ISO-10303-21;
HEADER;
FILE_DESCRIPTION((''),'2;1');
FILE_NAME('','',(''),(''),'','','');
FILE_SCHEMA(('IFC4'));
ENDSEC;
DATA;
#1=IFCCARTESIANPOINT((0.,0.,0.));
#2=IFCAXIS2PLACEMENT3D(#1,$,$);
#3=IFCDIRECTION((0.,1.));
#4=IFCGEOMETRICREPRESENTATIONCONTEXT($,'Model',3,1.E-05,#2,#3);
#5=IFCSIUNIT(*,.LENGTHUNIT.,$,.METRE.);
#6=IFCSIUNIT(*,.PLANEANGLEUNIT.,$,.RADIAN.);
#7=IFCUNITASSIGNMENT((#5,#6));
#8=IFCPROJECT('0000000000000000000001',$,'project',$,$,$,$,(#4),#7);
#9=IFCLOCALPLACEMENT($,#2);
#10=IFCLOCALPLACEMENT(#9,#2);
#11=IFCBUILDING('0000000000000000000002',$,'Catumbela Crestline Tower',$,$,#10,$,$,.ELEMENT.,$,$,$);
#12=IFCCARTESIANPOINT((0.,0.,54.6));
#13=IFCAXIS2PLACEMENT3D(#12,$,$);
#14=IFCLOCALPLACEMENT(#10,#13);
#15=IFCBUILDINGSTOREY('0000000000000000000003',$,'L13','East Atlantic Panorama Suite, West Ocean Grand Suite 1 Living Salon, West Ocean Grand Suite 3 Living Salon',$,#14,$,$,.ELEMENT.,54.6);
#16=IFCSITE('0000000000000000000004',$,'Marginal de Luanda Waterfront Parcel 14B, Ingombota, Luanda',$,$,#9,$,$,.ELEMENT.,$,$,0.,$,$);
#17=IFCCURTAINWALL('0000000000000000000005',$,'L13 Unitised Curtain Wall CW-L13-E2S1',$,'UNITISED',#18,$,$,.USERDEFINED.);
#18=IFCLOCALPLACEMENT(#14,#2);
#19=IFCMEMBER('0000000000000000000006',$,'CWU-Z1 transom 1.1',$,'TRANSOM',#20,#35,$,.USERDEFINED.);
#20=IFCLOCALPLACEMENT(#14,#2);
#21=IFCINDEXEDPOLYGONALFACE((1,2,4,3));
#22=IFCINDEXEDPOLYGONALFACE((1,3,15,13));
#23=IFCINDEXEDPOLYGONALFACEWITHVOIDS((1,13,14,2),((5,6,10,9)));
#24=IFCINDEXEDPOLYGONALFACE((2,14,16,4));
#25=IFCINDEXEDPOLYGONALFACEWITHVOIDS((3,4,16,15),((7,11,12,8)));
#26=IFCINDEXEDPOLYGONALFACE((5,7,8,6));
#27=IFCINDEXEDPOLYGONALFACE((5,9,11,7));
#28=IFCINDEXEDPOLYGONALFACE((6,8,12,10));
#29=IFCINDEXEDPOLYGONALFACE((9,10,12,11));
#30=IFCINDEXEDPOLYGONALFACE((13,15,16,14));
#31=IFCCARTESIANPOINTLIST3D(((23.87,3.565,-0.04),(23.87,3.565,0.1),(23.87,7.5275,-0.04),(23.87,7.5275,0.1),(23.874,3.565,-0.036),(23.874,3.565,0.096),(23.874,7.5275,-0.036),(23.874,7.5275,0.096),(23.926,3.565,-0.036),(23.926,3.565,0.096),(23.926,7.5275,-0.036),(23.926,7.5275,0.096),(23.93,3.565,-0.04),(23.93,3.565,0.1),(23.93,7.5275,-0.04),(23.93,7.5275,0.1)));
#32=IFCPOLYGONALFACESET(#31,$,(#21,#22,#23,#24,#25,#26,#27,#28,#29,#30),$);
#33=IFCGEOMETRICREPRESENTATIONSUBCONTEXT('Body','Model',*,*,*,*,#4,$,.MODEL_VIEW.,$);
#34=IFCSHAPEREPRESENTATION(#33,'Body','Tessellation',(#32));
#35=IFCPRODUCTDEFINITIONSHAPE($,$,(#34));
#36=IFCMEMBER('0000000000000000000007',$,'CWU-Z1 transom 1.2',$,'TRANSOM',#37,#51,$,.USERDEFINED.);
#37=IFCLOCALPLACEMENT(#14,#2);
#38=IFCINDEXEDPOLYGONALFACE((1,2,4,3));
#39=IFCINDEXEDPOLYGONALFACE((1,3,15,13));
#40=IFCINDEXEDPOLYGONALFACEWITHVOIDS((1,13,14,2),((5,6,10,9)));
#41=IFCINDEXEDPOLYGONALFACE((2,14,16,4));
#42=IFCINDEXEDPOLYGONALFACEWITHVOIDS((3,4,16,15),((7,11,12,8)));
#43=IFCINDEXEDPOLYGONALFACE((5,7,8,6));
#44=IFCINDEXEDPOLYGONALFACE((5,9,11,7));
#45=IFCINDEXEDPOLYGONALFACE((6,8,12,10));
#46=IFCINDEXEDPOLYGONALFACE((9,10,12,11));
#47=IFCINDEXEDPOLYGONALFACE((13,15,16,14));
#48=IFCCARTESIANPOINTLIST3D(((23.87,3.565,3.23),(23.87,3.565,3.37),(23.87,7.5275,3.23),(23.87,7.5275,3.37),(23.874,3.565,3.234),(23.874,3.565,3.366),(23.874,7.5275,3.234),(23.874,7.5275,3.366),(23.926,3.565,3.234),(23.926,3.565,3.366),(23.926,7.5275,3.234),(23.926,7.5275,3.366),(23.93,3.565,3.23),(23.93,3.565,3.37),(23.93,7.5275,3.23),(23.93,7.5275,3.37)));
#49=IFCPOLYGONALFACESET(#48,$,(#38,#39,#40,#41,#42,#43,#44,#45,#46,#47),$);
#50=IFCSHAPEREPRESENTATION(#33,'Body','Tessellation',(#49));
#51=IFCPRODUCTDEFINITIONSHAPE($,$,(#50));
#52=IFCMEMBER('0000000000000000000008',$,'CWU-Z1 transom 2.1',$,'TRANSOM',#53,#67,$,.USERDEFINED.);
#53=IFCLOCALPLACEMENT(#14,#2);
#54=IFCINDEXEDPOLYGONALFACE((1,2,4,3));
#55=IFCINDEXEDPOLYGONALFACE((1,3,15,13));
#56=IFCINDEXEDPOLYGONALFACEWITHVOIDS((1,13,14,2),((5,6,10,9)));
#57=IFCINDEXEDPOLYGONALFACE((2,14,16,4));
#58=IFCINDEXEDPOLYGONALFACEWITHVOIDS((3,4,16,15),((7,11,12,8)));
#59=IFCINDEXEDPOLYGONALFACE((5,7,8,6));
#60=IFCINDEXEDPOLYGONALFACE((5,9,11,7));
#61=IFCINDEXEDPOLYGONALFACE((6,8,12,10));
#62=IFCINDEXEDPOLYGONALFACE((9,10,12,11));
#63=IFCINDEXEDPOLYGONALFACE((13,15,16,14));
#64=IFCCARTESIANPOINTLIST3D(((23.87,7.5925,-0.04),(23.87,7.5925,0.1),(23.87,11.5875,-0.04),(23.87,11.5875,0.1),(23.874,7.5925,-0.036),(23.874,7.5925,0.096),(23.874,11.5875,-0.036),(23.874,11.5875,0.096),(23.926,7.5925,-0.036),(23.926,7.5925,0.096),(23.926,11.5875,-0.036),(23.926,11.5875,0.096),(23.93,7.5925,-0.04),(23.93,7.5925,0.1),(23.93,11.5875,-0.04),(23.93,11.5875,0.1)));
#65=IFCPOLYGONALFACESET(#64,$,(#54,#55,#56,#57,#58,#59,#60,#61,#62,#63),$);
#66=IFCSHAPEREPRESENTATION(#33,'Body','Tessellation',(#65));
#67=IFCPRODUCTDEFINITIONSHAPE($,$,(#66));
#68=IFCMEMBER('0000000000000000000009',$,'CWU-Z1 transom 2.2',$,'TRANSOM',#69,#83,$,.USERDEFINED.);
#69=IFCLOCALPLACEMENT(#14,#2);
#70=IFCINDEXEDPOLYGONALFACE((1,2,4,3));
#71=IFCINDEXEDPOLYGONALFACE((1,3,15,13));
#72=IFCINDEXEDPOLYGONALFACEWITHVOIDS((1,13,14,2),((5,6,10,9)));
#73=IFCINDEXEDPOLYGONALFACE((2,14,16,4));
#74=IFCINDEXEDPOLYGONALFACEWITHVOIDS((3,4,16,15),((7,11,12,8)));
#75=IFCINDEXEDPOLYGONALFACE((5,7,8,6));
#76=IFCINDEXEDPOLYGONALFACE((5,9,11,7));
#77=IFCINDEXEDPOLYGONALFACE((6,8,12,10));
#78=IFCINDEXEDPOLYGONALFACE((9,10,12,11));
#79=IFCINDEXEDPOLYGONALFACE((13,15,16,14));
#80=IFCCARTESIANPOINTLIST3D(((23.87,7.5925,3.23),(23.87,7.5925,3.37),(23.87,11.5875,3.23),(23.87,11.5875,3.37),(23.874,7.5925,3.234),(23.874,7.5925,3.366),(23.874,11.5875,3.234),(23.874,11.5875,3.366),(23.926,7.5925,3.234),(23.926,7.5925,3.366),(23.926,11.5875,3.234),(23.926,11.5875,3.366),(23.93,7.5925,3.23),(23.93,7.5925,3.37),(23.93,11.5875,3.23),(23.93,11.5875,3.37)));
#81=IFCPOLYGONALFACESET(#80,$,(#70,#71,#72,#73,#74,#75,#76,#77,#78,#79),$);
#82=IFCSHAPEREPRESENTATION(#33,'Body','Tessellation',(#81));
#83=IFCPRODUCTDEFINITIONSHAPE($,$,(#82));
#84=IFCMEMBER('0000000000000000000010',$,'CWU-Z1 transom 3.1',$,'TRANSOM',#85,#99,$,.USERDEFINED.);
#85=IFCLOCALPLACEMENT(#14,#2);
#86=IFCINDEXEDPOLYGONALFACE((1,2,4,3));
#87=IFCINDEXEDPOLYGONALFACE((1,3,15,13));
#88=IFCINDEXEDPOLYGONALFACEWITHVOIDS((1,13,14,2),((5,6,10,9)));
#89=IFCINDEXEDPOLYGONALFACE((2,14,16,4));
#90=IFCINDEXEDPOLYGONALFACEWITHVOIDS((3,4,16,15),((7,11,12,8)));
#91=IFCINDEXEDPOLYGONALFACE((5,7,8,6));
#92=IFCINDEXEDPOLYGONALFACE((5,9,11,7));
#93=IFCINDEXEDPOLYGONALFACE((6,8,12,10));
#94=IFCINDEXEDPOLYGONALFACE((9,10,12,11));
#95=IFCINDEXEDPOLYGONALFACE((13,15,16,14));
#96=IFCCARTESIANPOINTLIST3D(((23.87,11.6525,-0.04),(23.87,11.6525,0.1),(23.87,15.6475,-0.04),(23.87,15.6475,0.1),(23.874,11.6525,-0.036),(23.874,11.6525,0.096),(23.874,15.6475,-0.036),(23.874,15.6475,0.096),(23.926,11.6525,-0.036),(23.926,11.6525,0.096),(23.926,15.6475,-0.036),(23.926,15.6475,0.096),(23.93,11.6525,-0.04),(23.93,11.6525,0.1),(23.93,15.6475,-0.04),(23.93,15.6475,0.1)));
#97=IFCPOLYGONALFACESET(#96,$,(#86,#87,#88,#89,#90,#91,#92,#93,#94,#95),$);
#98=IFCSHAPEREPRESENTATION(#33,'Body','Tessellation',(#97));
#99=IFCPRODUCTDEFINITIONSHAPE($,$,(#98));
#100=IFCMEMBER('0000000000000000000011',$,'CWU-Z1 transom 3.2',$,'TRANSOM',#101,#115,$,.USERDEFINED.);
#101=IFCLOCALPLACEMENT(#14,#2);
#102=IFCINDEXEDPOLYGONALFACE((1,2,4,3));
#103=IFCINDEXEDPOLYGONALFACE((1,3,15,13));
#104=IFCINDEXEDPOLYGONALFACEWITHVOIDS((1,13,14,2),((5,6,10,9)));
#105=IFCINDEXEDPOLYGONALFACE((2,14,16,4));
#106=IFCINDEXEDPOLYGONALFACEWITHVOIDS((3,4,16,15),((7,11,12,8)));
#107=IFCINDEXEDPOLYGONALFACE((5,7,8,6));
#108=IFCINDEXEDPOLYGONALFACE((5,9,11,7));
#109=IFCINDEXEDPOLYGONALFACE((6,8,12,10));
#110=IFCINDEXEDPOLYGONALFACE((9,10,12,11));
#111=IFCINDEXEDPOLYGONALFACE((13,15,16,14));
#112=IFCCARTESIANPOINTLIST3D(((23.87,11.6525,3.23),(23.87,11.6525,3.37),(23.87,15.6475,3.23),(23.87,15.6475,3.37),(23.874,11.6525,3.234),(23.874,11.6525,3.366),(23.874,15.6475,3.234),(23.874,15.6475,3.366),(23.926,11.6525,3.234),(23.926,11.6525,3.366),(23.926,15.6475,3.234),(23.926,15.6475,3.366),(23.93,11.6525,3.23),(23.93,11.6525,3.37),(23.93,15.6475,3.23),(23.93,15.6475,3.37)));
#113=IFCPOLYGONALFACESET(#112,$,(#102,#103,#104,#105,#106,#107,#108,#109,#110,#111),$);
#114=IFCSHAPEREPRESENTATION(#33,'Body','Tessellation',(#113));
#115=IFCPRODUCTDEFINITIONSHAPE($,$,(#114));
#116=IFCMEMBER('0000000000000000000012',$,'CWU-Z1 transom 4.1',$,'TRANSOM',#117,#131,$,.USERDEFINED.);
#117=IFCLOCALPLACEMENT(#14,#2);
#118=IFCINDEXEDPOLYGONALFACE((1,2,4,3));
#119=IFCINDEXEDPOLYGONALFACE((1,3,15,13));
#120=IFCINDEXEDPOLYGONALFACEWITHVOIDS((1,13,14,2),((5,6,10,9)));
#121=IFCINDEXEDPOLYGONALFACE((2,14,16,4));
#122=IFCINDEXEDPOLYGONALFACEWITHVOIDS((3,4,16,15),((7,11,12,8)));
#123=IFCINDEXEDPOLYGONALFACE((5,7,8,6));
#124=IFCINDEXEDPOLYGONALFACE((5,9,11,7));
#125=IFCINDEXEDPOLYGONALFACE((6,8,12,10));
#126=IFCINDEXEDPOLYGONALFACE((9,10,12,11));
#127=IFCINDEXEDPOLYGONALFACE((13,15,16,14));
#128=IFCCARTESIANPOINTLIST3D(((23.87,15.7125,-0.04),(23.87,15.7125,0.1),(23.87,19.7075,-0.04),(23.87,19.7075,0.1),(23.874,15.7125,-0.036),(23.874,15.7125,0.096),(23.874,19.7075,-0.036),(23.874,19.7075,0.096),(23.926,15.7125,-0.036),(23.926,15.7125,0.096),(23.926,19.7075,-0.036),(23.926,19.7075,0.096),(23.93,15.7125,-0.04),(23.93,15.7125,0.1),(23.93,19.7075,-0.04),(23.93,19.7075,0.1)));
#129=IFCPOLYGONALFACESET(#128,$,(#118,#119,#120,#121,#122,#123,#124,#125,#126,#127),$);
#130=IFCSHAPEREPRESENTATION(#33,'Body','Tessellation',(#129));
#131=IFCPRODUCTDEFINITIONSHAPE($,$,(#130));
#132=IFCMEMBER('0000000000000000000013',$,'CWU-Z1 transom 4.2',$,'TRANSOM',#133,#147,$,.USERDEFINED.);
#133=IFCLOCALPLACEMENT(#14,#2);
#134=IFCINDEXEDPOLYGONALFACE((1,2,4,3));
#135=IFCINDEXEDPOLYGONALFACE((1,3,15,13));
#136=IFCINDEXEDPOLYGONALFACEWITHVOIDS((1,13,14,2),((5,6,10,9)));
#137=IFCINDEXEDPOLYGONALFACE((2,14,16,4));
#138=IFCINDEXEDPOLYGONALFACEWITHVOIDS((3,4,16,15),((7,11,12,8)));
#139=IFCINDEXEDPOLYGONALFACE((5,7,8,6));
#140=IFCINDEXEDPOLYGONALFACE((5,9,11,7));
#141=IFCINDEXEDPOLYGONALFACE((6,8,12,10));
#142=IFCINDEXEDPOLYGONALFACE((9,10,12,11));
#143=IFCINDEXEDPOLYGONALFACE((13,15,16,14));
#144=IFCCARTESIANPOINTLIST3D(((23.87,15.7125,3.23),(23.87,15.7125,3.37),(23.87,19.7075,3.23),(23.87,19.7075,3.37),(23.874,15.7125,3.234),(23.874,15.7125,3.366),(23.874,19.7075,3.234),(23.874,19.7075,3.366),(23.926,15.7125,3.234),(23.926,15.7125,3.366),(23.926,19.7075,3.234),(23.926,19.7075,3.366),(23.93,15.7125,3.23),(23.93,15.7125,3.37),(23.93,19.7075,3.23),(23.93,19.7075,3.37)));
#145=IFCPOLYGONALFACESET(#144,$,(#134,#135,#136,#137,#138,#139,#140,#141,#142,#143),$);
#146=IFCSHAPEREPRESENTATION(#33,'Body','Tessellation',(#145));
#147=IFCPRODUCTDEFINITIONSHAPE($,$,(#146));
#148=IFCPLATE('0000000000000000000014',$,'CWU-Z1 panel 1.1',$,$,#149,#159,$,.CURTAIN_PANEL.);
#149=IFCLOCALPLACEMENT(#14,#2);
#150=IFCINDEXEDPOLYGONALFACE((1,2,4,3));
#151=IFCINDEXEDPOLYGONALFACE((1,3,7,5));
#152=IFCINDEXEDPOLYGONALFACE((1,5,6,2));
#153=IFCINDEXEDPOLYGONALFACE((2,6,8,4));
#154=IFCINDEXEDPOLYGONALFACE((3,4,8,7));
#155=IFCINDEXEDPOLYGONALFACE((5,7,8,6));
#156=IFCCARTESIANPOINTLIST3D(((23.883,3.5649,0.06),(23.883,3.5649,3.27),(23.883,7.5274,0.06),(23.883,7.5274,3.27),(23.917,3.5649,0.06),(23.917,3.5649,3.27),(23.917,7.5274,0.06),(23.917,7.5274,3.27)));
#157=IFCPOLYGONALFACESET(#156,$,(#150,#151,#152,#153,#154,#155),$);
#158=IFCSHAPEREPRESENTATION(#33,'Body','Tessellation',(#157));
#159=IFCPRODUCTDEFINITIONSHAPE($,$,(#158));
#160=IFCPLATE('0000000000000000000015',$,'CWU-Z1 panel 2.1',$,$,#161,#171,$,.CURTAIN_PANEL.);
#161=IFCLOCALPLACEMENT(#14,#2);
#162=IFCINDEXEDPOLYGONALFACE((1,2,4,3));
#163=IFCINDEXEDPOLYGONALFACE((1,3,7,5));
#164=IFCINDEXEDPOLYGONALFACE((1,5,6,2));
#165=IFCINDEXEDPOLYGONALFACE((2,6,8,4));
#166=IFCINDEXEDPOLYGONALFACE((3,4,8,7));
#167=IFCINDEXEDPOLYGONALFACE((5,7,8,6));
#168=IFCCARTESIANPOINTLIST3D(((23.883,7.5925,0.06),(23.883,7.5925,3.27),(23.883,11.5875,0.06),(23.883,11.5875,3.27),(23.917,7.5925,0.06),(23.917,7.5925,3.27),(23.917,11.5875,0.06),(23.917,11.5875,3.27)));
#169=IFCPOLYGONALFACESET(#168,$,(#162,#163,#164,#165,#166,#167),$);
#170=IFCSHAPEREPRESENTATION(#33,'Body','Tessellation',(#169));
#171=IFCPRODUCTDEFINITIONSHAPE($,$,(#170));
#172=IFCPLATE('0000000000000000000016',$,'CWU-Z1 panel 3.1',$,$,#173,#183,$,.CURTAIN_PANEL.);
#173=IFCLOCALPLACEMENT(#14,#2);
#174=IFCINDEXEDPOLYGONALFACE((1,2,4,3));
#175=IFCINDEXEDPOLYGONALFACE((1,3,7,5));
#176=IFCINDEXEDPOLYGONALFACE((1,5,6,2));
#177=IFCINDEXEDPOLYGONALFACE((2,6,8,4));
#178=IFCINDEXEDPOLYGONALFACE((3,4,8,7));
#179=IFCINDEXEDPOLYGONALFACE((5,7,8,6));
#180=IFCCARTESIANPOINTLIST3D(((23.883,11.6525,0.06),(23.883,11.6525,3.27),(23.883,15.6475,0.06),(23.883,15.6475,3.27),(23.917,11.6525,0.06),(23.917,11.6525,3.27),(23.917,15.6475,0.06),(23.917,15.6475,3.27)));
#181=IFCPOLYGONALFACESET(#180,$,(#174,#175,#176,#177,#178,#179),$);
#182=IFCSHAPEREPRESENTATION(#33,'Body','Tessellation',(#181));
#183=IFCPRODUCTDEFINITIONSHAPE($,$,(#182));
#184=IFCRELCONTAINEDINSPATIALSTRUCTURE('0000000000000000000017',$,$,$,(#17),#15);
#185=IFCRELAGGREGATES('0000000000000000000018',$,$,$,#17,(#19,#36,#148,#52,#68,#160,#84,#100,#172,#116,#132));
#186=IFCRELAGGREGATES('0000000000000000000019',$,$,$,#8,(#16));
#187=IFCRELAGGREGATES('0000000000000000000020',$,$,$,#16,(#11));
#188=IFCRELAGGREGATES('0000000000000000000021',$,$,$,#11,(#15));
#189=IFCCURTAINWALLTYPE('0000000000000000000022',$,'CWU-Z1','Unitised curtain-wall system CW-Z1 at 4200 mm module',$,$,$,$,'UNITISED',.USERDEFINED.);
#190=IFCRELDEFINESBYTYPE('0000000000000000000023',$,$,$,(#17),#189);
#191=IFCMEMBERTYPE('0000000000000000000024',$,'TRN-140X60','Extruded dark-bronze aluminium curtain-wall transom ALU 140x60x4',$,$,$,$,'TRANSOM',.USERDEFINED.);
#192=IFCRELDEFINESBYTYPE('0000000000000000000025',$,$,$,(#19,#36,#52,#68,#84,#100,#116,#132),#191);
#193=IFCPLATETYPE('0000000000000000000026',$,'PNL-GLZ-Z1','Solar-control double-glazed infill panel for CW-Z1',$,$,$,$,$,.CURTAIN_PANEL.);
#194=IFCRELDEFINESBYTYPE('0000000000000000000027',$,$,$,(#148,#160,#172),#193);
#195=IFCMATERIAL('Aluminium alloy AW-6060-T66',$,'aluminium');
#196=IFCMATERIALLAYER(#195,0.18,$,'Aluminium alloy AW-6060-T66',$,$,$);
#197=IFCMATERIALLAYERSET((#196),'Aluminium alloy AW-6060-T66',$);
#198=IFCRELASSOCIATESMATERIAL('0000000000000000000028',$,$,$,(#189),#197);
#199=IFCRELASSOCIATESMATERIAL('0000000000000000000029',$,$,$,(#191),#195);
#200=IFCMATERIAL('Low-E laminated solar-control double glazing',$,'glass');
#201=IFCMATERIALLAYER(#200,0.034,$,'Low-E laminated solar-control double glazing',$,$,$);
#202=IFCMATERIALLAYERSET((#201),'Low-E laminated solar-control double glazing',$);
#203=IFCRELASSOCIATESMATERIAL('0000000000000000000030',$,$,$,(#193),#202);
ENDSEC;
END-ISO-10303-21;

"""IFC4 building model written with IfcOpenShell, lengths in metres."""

from ifc_helpers import new_model, si_unit, direction, frame, origin, origin_2d, place, context, subcontext, project, spatial, rectangle, hollow_rectangle, extrude, material, layer, layer_set, material_profile, profile_set, type_object, element, aggregate, save


model = new_model("IFC4")

# Units and contexts
model_context = context("Model", 3, precision=1e-05, world=origin(), true_north=direction((0.0, 1.0)))
body_context = subcontext(model_context, "Body", "Model", "MODEL_VIEW")
ifc_project = project(units=[si_unit("LENGTHUNIT", "METRE"), si_unit("PLANEANGLEUNIT", "RADIAN")], contexts=[model_context])

# Site, building, storey
site_placement = place(None, origin())
site = spatial("IfcSite", under=ifc_project, at=site_placement, Name="Marginal de Luanda Waterfront Parcel 14B, Ingombota, Luanda", CompositionType="ELEMENT", RefElevation=0.0)
building_placement = place(site_placement, origin())
building = spatial("IfcBuilding", under=site, at=building_placement, Name="Catumbela Crestline Tower", CompositionType="ELEMENT")
storey_placement = place(building_placement, frame((0.0, 0.0, 54.6)))
storey = spatial("IfcBuildingStorey", under=building, at=storey_placement, Name="L13", Description="East Atlantic Panorama Suite, West Ocean Grand Suite 1 Living Salon, West Ocean Grand Suite 3 Living Salon", CompositionType="ELEMENT", Elevation=54.6)

# Shared definitions
ifc_material_1 = material(Name="Aluminium alloy AW-6060-T66", Category="aluminium")
ifc_layer_1 = layer(ifc_material_1, 0.18, Name="Aluminium alloy AW-6060-T66")
ifc_layer_set_1 = layer_set([ifc_layer_1], Name="Aluminium alloy AW-6060-T66")
curtain_wall_type = type_object("IfcCurtainWallType", Name="CWU-Z1", Description="Unitised curtain-wall system CW-Z1 at 4200 mm module", ElementType="UNITISED", PredefinedType="USERDEFINED", material=ifc_layer_set_1)

# Curtain wall
curtain_wall_1_placement = place(storey_placement, origin())
curtain_wall_1 = element("IfcCurtainWall", 1, at=curtain_wall_1_placement, inside=storey, type_object=curtain_wall_type, Name="L13 Unitised Curtain Wall CW-L13-E2S1", ObjectType="UNITISED", PredefinedType="USERDEFINED")

# Members
ifc_material_profile_1 = material_profile(ifc_material_1, hollow_rectangle(XDim=0.06, YDim=0.14, WallThickness=0.004, at=origin_2d()), Name="ALU 140x60x4")
ifc_profile_set_1 = profile_set([ifc_material_profile_1], Name="Aluminium alloy AW-6060-T66")
member_type_1 = type_object("IfcMemberType", Name="TRN-140X60", Description="Extruded dark-bronze aluminium curtain-wall transom ALU 140x60x4", ElementType="TRANSOM", PredefinedType="USERDEFINED", material=ifc_profile_set_1)
member_1_placement = place(storey_placement, frame((23.9, 3.565, 0.03), z_axis=(0.0, 1.0, 0.0), x_axis=(-1.0, 0.0, 0.0)))
member_1 = element("IfcMember", 2, at=member_1_placement, type_object=member_type_1, Name="CWU-Z1 transom 1.1", ObjectType="TRANSOM", PredefinedType="USERDEFINED", context=body_context, shape_type="SweptSolid", body=[
    extrude(hollow_rectangle(XDim=0.06, YDim=0.14, WallThickness=0.004, at=origin_2d()), origin(), (0.0, 0.0, 1.0), 3.9625),
])
member_2_placement = place(storey_placement, frame((23.9, 3.565, 3.3), z_axis=(0.0, 1.0, 0.0), x_axis=(-1.0, 0.0, 0.0)))
member_2 = element("IfcMember", 3, at=member_2_placement, type_object=member_type_1, Name="CWU-Z1 transom 1.2", ObjectType="TRANSOM", PredefinedType="USERDEFINED", context=body_context, shape_type="SweptSolid", body=[
    extrude(hollow_rectangle(XDim=0.06, YDim=0.14, WallThickness=0.004, at=origin_2d()), origin(), (0.0, 0.0, 1.0), 3.9625),
])
member_3_placement = place(storey_placement, frame((23.9, 7.5925, 0.03), z_axis=(0.0, 1.0, 0.0), x_axis=(-1.0, 0.0, 0.0)))
member_3 = element("IfcMember", 4, at=member_3_placement, type_object=member_type_1, Name="CWU-Z1 transom 2.1", ObjectType="TRANSOM", PredefinedType="USERDEFINED", context=body_context, shape_type="SweptSolid", body=[
    extrude(hollow_rectangle(XDim=0.06, YDim=0.14, WallThickness=0.004, at=origin_2d()), origin(), (0.0, 0.0, 1.0), 3.995),
])
member_4_placement = place(storey_placement, frame((23.9, 7.5925, 3.3), z_axis=(0.0, 1.0, 0.0), x_axis=(-1.0, 0.0, 0.0)))
member_4 = element("IfcMember", 5, at=member_4_placement, type_object=member_type_1, Name="CWU-Z1 transom 2.2", ObjectType="TRANSOM", PredefinedType="USERDEFINED", context=body_context, shape_type="SweptSolid", body=[
    extrude(hollow_rectangle(XDim=0.06, YDim=0.14, WallThickness=0.004, at=origin_2d()), origin(), (0.0, 0.0, 1.0), 3.995),
])
member_5_placement = place(storey_placement, frame((23.9, 11.6525, 0.03), z_axis=(0.0, 1.0, 0.0), x_axis=(-1.0, 0.0, 0.0)))
member_5 = element("IfcMember", 6, at=member_5_placement, type_object=member_type_1, Name="CWU-Z1 transom 3.1", ObjectType="TRANSOM", PredefinedType="USERDEFINED", context=body_context, shape_type="SweptSolid", body=[
    extrude(hollow_rectangle(XDim=0.06, YDim=0.14, WallThickness=0.004, at=origin_2d()), origin(), (0.0, 0.0, 1.0), 3.995),
])
member_6_placement = place(storey_placement, frame((23.9, 11.6525, 3.3), z_axis=(0.0, 1.0, 0.0), x_axis=(-1.0, 0.0, 0.0)))
member_6 = element("IfcMember", 7, at=member_6_placement, type_object=member_type_1, Name="CWU-Z1 transom 3.2", ObjectType="TRANSOM", PredefinedType="USERDEFINED", context=body_context, shape_type="SweptSolid", body=[
    extrude(hollow_rectangle(XDim=0.06, YDim=0.14, WallThickness=0.004, at=origin_2d()), origin(), (0.0, 0.0, 1.0), 3.995),
])
member_7_placement = place(storey_placement, frame((23.9, 15.7125, 0.03), z_axis=(0.0, 1.0, 0.0), x_axis=(-1.0, 0.0, 0.0)))
member_7 = element("IfcMember", 8, at=member_7_placement, type_object=member_type_1, Name="CWU-Z1 transom 4.1", ObjectType="TRANSOM", PredefinedType="USERDEFINED", context=body_context, shape_type="SweptSolid", body=[
    extrude(hollow_rectangle(XDim=0.06, YDim=0.14, WallThickness=0.004, at=origin_2d()), origin(), (0.0, 0.0, 1.0), 3.995),
])
member_8_placement = place(storey_placement, frame((23.9, 15.7125, 3.3), z_axis=(0.0, 1.0, 0.0), x_axis=(-1.0, 0.0, 0.0)))
member_8 = element("IfcMember", 9, at=member_8_placement, type_object=member_type_1, Name="CWU-Z1 transom 4.2", ObjectType="TRANSOM", PredefinedType="USERDEFINED", context=body_context, shape_type="SweptSolid", body=[
    extrude(hollow_rectangle(XDim=0.06, YDim=0.14, WallThickness=0.004, at=origin_2d()), origin(), (0.0, 0.0, 1.0), 3.995),
])

# Plates
ifc_material_2 = material(Name="Low-E laminated solar-control double glazing", Category="glass")
ifc_layer_2 = layer(ifc_material_2, 0.034, Name="Low-E laminated solar-control double glazing")
ifc_layer_set_2 = layer_set([ifc_layer_2], Name="Low-E laminated solar-control double glazing")
plate_type = type_object("IfcPlateType", Name="PNL-GLZ-Z1", Description="Solar-control double-glazed infill panel for CW-Z1", PredefinedType="CURTAIN_PANEL", material=ifc_layer_set_2)
plate_1_placement = place(storey_placement, frame((23.9, 5.5462, 0.06), z_axis=(0.0, 0.0, 1.0), x_axis=(0.0, 1.0, 0.0)))
plate_1 = element("IfcPlate", 10, at=plate_1_placement, type_object=plate_type, Name="CWU-Z1 panel 1.1", PredefinedType="CURTAIN_PANEL", context=body_context, shape_type="SweptSolid", body=[
    extrude(rectangle(XDim=3.9625, YDim=0.034, at=origin_2d()), origin(), (0.0, 0.0, 1.0), 3.21),
])
plate_2_placement = place(storey_placement, frame((23.9, 9.59, 0.06), z_axis=(0.0, 0.0, 1.0), x_axis=(0.0, 1.0, 0.0)))
plate_2 = element("IfcPlate", 11, at=plate_2_placement, type_object=plate_type, Name="CWU-Z1 panel 2.1", PredefinedType="CURTAIN_PANEL", context=body_context, shape_type="SweptSolid", body=[
    extrude(rectangle(XDim=3.995, YDim=0.034, at=origin_2d()), origin(), (0.0, 0.0, 1.0), 3.21),
])
plate_3_placement = place(storey_placement, frame((23.9, 13.65, 0.06), z_axis=(0.0, 0.0, 1.0), x_axis=(0.0, 1.0, 0.0)))
plate_3 = element("IfcPlate", 12, at=plate_3_placement, type_object=plate_type, Name="CWU-Z1 panel 3.1", PredefinedType="CURTAIN_PANEL", context=body_context, shape_type="SweptSolid", body=[
    extrude(rectangle(XDim=3.995, YDim=0.034, at=origin_2d()), origin(), (0.0, 0.0, 1.0), 3.21),
])
aggregate(curtain_wall_1, [member_1, member_2, plate_1, member_3, member_4, plate_2, member_5, member_6, plate_3, member_7, member_8])

save(model, "model.ifc")
